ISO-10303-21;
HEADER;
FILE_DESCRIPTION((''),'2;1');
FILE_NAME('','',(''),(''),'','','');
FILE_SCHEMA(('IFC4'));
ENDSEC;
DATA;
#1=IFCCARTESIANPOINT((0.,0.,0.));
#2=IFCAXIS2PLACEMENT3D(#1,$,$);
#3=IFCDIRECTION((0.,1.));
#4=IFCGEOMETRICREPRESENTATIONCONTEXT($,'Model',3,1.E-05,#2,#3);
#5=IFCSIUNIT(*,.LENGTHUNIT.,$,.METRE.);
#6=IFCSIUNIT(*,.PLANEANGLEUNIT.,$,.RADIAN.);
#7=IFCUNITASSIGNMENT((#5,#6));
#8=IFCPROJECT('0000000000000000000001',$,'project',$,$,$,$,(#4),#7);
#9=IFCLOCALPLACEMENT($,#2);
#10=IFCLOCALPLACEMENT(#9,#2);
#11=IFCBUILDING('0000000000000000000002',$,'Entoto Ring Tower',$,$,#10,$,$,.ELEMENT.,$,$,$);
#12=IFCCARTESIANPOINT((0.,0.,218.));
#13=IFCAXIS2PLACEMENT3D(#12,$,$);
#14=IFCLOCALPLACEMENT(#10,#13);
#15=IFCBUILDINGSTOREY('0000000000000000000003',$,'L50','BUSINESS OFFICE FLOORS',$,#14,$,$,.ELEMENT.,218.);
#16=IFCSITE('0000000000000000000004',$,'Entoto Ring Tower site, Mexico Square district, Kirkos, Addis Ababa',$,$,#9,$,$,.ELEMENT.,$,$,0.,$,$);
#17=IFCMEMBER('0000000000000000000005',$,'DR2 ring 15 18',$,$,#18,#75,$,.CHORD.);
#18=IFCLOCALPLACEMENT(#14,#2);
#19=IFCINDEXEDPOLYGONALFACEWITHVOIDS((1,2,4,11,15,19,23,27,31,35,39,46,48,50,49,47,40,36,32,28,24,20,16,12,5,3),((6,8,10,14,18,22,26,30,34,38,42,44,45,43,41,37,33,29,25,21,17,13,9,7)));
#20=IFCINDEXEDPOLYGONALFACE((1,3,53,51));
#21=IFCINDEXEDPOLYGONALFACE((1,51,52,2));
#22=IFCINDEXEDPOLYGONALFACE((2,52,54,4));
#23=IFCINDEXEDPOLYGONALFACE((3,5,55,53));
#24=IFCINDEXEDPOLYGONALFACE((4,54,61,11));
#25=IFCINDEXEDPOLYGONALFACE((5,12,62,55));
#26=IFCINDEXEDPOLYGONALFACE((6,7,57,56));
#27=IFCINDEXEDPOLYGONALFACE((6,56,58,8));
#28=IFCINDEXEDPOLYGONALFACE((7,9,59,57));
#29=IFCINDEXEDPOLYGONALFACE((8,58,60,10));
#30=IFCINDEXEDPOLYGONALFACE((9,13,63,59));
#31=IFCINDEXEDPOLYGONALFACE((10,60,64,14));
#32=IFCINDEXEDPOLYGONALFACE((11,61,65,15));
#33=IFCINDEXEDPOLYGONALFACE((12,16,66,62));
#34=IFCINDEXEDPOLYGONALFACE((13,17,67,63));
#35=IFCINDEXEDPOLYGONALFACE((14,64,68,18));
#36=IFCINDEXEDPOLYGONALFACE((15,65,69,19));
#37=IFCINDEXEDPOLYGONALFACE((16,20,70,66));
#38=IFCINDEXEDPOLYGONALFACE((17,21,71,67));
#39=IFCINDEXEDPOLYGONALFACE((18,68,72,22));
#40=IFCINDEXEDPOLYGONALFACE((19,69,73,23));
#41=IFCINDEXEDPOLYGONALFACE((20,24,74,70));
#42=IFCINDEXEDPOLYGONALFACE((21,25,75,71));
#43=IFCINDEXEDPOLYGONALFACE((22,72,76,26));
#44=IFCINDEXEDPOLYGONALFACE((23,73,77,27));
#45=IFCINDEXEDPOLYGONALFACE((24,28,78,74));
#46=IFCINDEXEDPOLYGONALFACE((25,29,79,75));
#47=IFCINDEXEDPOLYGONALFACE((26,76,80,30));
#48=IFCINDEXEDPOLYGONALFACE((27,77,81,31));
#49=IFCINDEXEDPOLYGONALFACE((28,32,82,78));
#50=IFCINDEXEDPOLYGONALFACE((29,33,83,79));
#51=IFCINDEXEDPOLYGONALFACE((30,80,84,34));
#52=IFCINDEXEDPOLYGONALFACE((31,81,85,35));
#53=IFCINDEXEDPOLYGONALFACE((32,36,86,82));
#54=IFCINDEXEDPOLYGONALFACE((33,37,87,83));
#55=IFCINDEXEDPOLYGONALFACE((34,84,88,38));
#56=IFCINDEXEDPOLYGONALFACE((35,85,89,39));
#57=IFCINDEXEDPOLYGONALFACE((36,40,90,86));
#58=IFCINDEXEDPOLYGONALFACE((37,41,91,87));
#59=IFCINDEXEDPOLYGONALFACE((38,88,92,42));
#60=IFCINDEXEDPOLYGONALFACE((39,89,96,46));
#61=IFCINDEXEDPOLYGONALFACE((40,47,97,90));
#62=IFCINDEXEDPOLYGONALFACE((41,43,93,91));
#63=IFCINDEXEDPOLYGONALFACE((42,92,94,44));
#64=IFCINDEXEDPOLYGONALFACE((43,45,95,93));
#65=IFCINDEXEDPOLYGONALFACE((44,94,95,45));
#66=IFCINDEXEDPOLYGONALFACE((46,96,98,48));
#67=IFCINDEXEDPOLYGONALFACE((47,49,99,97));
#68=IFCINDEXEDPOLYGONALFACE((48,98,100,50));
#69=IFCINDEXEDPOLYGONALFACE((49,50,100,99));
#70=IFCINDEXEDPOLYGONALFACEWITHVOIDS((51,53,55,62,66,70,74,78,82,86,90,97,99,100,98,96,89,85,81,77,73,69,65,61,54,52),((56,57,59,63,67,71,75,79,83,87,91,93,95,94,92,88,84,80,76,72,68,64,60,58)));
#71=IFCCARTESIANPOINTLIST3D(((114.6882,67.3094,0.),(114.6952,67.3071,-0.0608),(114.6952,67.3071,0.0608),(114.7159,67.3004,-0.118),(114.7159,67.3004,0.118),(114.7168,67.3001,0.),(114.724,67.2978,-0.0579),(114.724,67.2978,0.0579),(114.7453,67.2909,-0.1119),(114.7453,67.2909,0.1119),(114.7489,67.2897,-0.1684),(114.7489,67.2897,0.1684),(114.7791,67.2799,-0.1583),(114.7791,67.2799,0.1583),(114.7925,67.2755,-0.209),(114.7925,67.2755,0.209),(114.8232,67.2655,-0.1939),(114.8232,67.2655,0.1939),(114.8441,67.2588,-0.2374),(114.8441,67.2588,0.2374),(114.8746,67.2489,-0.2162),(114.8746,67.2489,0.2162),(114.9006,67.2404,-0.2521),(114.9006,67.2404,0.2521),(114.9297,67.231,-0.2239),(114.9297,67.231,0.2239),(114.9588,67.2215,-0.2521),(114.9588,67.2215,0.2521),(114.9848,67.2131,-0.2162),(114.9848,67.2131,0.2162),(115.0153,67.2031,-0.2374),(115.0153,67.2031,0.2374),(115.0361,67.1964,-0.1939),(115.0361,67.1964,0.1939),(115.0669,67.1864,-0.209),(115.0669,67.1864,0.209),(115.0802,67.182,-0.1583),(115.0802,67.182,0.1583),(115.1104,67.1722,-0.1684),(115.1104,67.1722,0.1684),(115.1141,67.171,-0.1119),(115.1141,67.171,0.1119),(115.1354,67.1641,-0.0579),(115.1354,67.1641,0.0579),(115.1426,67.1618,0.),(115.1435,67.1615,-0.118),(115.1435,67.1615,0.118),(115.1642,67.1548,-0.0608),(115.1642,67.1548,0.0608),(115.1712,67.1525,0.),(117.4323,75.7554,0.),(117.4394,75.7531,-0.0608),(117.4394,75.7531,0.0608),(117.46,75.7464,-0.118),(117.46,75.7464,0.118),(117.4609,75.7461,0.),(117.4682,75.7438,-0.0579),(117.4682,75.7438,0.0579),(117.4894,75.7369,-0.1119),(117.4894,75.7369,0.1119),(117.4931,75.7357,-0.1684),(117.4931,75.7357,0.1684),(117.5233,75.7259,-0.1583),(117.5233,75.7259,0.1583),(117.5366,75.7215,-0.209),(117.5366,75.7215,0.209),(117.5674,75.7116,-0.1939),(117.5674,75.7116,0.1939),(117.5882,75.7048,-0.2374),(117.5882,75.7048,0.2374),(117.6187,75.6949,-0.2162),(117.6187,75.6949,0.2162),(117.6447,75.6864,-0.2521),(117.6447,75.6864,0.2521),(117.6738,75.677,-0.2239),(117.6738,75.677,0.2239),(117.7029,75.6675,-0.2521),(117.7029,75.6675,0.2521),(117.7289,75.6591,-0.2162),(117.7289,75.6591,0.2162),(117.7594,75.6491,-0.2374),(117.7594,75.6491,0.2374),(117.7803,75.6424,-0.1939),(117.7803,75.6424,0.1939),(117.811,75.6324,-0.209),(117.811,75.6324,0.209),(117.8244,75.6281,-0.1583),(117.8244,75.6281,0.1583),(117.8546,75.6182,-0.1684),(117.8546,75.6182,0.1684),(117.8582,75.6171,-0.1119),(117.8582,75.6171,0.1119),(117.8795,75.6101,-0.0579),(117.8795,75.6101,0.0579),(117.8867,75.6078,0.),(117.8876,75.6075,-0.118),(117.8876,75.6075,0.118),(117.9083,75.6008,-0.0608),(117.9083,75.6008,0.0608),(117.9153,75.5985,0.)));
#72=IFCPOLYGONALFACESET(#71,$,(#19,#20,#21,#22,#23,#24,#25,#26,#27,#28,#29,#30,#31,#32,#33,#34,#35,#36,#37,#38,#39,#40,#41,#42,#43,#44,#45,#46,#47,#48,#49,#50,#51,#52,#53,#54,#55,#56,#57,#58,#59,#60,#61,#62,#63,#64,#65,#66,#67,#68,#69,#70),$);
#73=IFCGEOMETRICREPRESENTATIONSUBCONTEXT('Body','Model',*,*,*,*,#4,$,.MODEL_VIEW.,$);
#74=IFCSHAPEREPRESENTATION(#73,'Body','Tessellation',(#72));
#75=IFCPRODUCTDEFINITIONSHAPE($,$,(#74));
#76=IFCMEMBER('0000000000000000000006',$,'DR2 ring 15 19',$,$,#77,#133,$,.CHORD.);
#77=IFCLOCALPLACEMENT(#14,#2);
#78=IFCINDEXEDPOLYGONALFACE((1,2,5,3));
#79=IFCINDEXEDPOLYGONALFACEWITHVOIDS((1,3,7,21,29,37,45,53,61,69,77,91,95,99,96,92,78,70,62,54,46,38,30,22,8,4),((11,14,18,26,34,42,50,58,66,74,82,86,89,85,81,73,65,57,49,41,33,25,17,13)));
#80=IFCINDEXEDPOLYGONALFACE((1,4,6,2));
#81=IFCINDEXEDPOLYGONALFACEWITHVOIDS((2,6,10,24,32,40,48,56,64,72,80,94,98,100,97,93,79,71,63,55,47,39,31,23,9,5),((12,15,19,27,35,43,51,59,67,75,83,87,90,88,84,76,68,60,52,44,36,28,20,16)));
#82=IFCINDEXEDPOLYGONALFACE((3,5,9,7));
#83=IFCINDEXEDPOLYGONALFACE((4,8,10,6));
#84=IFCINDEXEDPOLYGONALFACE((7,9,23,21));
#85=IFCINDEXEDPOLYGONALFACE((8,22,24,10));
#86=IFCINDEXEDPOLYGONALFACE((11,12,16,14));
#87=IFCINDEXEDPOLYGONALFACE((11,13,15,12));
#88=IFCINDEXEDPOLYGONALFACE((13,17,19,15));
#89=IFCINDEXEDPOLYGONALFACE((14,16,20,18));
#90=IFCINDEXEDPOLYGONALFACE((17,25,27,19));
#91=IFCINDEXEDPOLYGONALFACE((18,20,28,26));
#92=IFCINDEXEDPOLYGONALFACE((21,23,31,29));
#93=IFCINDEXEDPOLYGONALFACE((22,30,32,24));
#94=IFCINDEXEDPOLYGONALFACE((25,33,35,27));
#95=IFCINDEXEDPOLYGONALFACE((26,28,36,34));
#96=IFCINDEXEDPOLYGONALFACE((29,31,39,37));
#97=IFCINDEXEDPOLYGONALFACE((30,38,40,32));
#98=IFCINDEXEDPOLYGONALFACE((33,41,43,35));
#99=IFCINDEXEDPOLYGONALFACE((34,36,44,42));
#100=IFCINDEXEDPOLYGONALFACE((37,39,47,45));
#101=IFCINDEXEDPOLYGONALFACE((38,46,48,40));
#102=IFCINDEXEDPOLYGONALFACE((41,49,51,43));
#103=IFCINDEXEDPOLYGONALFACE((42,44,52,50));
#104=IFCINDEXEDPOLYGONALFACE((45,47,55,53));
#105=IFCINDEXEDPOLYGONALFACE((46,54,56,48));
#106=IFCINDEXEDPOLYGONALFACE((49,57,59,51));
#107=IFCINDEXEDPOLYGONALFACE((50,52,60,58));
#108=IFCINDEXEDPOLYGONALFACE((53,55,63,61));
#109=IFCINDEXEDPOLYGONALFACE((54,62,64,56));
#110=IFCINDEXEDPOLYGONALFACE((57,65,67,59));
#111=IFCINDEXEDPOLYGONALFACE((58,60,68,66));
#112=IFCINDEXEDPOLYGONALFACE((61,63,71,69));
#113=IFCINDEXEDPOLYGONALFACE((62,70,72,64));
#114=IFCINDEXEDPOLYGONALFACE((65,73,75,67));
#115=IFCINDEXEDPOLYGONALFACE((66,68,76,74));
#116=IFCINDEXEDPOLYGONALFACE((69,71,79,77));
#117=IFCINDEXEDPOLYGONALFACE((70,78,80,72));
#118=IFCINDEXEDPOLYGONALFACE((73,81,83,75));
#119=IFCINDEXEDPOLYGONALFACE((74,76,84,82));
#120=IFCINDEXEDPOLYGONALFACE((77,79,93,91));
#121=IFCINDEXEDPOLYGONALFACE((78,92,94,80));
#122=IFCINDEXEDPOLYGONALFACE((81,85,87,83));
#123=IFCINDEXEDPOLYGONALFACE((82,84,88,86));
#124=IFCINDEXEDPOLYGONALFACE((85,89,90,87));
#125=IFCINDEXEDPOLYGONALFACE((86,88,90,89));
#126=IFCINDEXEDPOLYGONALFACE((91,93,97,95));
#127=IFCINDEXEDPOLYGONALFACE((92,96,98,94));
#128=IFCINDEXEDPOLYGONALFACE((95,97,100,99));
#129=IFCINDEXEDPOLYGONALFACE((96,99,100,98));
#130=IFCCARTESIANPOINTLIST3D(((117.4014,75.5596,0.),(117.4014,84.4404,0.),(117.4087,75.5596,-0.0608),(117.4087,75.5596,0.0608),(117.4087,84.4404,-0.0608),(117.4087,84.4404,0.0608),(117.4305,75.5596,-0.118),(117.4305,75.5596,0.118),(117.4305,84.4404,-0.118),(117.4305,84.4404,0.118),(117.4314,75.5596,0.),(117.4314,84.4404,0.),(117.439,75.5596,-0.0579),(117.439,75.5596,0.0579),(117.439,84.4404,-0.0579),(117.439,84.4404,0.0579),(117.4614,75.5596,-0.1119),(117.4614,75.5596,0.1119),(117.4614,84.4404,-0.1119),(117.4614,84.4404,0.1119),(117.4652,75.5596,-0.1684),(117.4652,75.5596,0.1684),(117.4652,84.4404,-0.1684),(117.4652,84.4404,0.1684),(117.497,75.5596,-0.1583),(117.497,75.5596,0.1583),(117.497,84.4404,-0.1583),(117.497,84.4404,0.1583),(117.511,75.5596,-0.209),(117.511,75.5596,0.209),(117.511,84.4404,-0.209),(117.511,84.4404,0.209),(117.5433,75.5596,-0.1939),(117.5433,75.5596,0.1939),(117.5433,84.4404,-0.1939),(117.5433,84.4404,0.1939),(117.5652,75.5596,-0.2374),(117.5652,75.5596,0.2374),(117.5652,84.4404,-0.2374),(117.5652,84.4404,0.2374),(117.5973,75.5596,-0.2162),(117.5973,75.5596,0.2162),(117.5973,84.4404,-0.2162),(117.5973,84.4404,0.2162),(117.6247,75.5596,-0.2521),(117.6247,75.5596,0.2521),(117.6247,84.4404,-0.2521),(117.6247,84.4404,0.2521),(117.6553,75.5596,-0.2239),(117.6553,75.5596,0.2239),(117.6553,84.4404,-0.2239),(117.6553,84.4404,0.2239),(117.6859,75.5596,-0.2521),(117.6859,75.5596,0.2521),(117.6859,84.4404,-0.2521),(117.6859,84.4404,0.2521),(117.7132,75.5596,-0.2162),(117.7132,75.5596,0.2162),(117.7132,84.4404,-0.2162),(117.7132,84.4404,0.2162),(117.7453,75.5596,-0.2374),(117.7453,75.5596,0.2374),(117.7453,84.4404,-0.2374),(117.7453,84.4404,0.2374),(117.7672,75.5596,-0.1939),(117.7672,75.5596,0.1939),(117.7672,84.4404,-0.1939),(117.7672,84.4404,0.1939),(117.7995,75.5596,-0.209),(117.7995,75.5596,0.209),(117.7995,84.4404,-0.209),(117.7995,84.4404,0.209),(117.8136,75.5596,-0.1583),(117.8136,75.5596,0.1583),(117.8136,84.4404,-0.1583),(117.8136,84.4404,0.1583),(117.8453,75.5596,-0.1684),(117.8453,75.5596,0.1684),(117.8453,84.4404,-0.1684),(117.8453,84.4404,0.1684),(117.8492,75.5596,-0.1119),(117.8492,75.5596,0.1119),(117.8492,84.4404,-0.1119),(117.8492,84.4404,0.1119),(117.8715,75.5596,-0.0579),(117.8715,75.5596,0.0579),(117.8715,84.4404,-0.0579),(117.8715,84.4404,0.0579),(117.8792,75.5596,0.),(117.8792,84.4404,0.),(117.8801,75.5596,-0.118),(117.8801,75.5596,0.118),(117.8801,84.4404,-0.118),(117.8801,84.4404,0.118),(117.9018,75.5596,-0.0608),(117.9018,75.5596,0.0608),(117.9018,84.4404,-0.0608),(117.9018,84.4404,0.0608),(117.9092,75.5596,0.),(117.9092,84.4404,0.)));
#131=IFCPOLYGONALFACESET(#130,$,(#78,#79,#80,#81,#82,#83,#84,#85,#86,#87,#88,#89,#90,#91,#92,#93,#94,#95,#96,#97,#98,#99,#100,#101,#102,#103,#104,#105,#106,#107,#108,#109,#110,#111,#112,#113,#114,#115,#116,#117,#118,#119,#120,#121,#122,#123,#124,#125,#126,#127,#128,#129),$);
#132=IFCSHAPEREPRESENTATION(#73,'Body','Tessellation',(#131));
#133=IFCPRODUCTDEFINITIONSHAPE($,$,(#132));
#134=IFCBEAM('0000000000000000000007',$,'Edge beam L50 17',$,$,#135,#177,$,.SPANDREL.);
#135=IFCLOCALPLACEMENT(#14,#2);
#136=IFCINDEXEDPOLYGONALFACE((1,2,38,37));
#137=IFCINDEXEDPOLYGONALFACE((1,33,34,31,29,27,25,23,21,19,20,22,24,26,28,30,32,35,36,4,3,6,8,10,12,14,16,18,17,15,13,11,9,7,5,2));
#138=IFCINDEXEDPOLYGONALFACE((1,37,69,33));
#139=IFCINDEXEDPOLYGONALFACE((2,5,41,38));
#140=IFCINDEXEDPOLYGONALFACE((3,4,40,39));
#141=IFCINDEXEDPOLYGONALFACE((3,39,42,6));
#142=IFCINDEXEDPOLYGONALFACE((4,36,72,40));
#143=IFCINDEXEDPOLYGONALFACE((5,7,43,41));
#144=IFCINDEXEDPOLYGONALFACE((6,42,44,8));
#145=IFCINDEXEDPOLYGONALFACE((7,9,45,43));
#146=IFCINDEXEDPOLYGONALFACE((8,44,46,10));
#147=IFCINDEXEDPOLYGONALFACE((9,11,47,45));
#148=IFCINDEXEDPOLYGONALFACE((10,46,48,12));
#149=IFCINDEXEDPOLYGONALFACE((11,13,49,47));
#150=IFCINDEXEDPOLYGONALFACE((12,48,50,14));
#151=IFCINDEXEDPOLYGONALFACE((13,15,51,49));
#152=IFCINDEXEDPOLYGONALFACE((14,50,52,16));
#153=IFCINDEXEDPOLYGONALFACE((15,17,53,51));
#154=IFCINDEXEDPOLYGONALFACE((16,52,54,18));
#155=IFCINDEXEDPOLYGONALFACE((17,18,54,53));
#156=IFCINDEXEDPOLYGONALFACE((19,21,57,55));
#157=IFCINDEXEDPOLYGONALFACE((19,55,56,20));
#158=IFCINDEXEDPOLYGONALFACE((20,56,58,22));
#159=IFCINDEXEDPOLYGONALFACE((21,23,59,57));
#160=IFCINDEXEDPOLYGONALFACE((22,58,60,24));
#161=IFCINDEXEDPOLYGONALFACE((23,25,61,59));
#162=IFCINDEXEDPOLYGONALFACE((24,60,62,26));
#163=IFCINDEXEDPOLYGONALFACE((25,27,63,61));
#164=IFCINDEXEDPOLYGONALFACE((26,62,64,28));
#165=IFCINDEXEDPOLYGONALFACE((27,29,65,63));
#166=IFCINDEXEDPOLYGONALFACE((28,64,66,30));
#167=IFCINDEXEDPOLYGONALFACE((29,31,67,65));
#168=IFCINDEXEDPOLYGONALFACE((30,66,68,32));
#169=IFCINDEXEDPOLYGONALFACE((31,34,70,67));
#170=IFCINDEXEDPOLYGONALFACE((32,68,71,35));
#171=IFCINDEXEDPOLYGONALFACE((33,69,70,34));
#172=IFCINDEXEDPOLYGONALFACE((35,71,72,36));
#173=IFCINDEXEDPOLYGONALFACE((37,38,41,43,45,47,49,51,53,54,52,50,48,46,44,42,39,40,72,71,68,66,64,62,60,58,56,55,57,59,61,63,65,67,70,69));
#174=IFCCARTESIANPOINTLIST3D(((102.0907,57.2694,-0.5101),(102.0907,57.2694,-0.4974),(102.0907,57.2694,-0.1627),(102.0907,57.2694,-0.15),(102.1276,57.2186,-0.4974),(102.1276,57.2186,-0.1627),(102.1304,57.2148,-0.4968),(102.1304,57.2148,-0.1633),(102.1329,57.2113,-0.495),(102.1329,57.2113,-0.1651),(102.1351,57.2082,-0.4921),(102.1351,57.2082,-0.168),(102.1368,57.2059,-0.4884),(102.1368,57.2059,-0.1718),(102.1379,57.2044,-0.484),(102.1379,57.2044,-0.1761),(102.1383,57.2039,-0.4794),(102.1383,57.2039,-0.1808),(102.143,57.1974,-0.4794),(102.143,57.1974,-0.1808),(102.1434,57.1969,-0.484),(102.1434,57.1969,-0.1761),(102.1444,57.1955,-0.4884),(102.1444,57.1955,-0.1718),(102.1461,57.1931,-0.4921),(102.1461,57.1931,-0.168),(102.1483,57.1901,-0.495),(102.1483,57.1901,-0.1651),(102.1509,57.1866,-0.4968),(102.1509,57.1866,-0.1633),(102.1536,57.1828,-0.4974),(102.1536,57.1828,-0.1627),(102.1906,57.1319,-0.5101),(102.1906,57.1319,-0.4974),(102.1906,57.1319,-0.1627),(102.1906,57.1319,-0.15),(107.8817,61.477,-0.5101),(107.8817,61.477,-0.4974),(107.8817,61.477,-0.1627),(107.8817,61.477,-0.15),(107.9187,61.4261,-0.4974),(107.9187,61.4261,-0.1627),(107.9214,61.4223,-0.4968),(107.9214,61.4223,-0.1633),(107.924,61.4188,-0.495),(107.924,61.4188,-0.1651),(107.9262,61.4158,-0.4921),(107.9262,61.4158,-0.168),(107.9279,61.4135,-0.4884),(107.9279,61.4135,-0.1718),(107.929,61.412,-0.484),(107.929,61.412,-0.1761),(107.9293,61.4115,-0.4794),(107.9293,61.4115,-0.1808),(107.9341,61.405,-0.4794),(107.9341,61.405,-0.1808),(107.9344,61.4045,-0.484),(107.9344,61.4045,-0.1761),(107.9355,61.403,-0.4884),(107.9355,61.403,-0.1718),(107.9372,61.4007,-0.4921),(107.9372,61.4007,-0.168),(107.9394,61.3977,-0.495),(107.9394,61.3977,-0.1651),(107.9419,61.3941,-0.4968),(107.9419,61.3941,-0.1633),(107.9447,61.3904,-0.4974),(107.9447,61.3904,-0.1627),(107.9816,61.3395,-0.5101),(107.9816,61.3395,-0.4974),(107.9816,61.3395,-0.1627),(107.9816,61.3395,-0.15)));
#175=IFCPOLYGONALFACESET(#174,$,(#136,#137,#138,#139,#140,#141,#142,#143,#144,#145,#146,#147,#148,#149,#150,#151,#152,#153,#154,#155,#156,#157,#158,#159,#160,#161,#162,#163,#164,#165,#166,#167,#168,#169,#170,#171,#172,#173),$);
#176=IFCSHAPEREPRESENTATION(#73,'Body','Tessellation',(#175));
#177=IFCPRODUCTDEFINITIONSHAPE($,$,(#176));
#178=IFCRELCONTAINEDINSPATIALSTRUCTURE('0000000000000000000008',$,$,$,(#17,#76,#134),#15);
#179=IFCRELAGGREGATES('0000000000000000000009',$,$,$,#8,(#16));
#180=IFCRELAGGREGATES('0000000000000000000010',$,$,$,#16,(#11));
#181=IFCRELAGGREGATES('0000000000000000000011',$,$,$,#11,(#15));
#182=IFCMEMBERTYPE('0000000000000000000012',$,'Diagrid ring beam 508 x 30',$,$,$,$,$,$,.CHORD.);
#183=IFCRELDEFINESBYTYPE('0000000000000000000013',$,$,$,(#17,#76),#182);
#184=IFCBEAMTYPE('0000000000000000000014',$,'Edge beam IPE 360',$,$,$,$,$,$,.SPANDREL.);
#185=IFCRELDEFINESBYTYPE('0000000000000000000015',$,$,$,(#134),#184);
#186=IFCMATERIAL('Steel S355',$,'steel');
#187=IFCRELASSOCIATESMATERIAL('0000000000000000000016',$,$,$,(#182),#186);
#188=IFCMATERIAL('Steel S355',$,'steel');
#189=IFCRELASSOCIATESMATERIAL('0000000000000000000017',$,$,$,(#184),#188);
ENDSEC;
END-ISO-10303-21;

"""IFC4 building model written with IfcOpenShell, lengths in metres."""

from ifc_helpers import new_model, si_unit, direction, frame, origin, origin_2d, place, context, subcontext, project, spatial, circle, hollow_circle, i_section, extrude, material, material_profile, profile_set, type_object, element, save


model = new_model("IFC4")

# Units and contexts
model_context = context("Model", 3, precision=1e-05, world=origin(), true_north=direction((0.0, 1.0)))
body_context = subcontext(model_context, "Body", "Model", "MODEL_VIEW")
ifc_project = project(units=[si_unit("LENGTHUNIT", "METRE"), si_unit("PLANEANGLEUNIT", "RADIAN")], contexts=[model_context])

# Site, building, storey
site_placement = place(None, origin())
site = spatial("IfcSite", under=ifc_project, at=site_placement, Name="Entoto Ring Tower site, Mexico Square district, Kirkos, Addis Ababa", CompositionType="ELEMENT", RefElevation=0.0)
building_placement = place(site_placement, origin())
building = spatial("IfcBuilding", under=site, at=building_placement, Name="Entoto Ring Tower", CompositionType="ELEMENT")
storey_placement = place(building_placement, frame((0.0, 0.0, 218.0)))
storey = spatial("IfcBuildingStorey", under=building, at=storey_placement, Name="L50", Description="BUSINESS OFFICE FLOORS", CompositionType="ELEMENT", Elevation=218.0)

# Members
ifc_material_1 = material(Name="Steel S355", Category="steel")
ifc_material_profile_1 = material_profile(ifc_material_1, hollow_circle(Radius=0.2539, WallThickness=0.03, at=origin_2d()), Name="CHS 508 x 30")
ifc_material_2 = material(Name="Concrete C60/75", Category="concrete")
ifc_material_profile_2 = material_profile(ifc_material_2, circle(Radius=0.2241, at=origin_2d()), Name="Concrete C60/75 infill")
ifc_profile_set_1 = profile_set([ifc_material_profile_1, ifc_material_profile_2], Name="Steel S355")
member_type_1 = type_object("IfcMemberType", Name="Diagrid ring beam 508 x 30", PredefinedType="CHORD", material=ifc_profile_set_1)
for number, where, z_axis, x_axis, name in (
    (1, (114.9297, 67.231, 0.0), (0.309002, 0.951061, 0.0), (-0.951061, 0.309002, 0.0), "DR2 ring 15 18"),
):
    element("IfcMember", number, at=place(storey_placement, frame(where, z_axis=z_axis, x_axis=x_axis)), inside=storey, type_object=member_type_1, Name=name, PredefinedType="CHORD", context=body_context, shape_type="SweptSolid", body=[
        extrude(hollow_circle(Radius=0.2539, WallThickness=0.03, at=origin_2d()), origin(), (0.0, 0.0, 1.0), 8.8806),
    ])
member_placement = place(storey_placement, frame((117.6553, 75.5596, 0.0), z_axis=(0.0, 1.0, 0.0), x_axis=(-1.0, 0.0, 0.0)))
element("IfcMember", 2, at=member_placement, inside=storey, type_object=member_type_1, Name="DR2 ring 15 19", PredefinedType="CHORD", context=body_context, shape_type="SweptSolid", body=[
    extrude(hollow_circle(Radius=0.2539, WallThickness=0.03, at=origin_2d()), origin(), (0.0, 0.0, 1.0), 8.8809),
])

# Beam
ifc_material_3 = material(Name="Steel S355", Category="steel")
ifc_material_profile_3 = material_profile(ifc_material_3, i_section(OverallWidth=0.1699, OverallDepth=0.3601, WebThickness=0.0081, FlangeThickness=0.0127, FilletRadius=0.0181, at=origin_2d()), Name="IPE 360")
ifc_profile_set_2 = profile_set([ifc_material_profile_3], Name="Steel S355")
beam_type_1 = type_object("IfcBeamType", Name="Edge beam IPE 360", PredefinedType="SPANDREL", material=ifc_profile_set_2)
for number, where, z_axis, x_axis, name in (
    (3, (102.1406, 57.2007, -0.3301), (0.80901, 0.587794, 0.0), (-0.587794, 0.80901, 0.0), "Edge beam L50 17"),
):
    element("IfcBeam", number, at=place(storey_placement, frame(where, z_axis=z_axis, x_axis=x_axis)), inside=storey, type_object=beam_type_1, Name=name, PredefinedType="SPANDREL", context=body_context, shape_type="SweptSolid", body=[
        extrude(i_section(OverallWidth=0.1699, OverallDepth=0.3601, WebThickness=0.0081, FlangeThickness=0.0127, FilletRadius=0.0181, at=origin_2d()), origin(), (0.0, 0.0, 1.0), 7.1582),
    ])

save(model, "model.ifc")
